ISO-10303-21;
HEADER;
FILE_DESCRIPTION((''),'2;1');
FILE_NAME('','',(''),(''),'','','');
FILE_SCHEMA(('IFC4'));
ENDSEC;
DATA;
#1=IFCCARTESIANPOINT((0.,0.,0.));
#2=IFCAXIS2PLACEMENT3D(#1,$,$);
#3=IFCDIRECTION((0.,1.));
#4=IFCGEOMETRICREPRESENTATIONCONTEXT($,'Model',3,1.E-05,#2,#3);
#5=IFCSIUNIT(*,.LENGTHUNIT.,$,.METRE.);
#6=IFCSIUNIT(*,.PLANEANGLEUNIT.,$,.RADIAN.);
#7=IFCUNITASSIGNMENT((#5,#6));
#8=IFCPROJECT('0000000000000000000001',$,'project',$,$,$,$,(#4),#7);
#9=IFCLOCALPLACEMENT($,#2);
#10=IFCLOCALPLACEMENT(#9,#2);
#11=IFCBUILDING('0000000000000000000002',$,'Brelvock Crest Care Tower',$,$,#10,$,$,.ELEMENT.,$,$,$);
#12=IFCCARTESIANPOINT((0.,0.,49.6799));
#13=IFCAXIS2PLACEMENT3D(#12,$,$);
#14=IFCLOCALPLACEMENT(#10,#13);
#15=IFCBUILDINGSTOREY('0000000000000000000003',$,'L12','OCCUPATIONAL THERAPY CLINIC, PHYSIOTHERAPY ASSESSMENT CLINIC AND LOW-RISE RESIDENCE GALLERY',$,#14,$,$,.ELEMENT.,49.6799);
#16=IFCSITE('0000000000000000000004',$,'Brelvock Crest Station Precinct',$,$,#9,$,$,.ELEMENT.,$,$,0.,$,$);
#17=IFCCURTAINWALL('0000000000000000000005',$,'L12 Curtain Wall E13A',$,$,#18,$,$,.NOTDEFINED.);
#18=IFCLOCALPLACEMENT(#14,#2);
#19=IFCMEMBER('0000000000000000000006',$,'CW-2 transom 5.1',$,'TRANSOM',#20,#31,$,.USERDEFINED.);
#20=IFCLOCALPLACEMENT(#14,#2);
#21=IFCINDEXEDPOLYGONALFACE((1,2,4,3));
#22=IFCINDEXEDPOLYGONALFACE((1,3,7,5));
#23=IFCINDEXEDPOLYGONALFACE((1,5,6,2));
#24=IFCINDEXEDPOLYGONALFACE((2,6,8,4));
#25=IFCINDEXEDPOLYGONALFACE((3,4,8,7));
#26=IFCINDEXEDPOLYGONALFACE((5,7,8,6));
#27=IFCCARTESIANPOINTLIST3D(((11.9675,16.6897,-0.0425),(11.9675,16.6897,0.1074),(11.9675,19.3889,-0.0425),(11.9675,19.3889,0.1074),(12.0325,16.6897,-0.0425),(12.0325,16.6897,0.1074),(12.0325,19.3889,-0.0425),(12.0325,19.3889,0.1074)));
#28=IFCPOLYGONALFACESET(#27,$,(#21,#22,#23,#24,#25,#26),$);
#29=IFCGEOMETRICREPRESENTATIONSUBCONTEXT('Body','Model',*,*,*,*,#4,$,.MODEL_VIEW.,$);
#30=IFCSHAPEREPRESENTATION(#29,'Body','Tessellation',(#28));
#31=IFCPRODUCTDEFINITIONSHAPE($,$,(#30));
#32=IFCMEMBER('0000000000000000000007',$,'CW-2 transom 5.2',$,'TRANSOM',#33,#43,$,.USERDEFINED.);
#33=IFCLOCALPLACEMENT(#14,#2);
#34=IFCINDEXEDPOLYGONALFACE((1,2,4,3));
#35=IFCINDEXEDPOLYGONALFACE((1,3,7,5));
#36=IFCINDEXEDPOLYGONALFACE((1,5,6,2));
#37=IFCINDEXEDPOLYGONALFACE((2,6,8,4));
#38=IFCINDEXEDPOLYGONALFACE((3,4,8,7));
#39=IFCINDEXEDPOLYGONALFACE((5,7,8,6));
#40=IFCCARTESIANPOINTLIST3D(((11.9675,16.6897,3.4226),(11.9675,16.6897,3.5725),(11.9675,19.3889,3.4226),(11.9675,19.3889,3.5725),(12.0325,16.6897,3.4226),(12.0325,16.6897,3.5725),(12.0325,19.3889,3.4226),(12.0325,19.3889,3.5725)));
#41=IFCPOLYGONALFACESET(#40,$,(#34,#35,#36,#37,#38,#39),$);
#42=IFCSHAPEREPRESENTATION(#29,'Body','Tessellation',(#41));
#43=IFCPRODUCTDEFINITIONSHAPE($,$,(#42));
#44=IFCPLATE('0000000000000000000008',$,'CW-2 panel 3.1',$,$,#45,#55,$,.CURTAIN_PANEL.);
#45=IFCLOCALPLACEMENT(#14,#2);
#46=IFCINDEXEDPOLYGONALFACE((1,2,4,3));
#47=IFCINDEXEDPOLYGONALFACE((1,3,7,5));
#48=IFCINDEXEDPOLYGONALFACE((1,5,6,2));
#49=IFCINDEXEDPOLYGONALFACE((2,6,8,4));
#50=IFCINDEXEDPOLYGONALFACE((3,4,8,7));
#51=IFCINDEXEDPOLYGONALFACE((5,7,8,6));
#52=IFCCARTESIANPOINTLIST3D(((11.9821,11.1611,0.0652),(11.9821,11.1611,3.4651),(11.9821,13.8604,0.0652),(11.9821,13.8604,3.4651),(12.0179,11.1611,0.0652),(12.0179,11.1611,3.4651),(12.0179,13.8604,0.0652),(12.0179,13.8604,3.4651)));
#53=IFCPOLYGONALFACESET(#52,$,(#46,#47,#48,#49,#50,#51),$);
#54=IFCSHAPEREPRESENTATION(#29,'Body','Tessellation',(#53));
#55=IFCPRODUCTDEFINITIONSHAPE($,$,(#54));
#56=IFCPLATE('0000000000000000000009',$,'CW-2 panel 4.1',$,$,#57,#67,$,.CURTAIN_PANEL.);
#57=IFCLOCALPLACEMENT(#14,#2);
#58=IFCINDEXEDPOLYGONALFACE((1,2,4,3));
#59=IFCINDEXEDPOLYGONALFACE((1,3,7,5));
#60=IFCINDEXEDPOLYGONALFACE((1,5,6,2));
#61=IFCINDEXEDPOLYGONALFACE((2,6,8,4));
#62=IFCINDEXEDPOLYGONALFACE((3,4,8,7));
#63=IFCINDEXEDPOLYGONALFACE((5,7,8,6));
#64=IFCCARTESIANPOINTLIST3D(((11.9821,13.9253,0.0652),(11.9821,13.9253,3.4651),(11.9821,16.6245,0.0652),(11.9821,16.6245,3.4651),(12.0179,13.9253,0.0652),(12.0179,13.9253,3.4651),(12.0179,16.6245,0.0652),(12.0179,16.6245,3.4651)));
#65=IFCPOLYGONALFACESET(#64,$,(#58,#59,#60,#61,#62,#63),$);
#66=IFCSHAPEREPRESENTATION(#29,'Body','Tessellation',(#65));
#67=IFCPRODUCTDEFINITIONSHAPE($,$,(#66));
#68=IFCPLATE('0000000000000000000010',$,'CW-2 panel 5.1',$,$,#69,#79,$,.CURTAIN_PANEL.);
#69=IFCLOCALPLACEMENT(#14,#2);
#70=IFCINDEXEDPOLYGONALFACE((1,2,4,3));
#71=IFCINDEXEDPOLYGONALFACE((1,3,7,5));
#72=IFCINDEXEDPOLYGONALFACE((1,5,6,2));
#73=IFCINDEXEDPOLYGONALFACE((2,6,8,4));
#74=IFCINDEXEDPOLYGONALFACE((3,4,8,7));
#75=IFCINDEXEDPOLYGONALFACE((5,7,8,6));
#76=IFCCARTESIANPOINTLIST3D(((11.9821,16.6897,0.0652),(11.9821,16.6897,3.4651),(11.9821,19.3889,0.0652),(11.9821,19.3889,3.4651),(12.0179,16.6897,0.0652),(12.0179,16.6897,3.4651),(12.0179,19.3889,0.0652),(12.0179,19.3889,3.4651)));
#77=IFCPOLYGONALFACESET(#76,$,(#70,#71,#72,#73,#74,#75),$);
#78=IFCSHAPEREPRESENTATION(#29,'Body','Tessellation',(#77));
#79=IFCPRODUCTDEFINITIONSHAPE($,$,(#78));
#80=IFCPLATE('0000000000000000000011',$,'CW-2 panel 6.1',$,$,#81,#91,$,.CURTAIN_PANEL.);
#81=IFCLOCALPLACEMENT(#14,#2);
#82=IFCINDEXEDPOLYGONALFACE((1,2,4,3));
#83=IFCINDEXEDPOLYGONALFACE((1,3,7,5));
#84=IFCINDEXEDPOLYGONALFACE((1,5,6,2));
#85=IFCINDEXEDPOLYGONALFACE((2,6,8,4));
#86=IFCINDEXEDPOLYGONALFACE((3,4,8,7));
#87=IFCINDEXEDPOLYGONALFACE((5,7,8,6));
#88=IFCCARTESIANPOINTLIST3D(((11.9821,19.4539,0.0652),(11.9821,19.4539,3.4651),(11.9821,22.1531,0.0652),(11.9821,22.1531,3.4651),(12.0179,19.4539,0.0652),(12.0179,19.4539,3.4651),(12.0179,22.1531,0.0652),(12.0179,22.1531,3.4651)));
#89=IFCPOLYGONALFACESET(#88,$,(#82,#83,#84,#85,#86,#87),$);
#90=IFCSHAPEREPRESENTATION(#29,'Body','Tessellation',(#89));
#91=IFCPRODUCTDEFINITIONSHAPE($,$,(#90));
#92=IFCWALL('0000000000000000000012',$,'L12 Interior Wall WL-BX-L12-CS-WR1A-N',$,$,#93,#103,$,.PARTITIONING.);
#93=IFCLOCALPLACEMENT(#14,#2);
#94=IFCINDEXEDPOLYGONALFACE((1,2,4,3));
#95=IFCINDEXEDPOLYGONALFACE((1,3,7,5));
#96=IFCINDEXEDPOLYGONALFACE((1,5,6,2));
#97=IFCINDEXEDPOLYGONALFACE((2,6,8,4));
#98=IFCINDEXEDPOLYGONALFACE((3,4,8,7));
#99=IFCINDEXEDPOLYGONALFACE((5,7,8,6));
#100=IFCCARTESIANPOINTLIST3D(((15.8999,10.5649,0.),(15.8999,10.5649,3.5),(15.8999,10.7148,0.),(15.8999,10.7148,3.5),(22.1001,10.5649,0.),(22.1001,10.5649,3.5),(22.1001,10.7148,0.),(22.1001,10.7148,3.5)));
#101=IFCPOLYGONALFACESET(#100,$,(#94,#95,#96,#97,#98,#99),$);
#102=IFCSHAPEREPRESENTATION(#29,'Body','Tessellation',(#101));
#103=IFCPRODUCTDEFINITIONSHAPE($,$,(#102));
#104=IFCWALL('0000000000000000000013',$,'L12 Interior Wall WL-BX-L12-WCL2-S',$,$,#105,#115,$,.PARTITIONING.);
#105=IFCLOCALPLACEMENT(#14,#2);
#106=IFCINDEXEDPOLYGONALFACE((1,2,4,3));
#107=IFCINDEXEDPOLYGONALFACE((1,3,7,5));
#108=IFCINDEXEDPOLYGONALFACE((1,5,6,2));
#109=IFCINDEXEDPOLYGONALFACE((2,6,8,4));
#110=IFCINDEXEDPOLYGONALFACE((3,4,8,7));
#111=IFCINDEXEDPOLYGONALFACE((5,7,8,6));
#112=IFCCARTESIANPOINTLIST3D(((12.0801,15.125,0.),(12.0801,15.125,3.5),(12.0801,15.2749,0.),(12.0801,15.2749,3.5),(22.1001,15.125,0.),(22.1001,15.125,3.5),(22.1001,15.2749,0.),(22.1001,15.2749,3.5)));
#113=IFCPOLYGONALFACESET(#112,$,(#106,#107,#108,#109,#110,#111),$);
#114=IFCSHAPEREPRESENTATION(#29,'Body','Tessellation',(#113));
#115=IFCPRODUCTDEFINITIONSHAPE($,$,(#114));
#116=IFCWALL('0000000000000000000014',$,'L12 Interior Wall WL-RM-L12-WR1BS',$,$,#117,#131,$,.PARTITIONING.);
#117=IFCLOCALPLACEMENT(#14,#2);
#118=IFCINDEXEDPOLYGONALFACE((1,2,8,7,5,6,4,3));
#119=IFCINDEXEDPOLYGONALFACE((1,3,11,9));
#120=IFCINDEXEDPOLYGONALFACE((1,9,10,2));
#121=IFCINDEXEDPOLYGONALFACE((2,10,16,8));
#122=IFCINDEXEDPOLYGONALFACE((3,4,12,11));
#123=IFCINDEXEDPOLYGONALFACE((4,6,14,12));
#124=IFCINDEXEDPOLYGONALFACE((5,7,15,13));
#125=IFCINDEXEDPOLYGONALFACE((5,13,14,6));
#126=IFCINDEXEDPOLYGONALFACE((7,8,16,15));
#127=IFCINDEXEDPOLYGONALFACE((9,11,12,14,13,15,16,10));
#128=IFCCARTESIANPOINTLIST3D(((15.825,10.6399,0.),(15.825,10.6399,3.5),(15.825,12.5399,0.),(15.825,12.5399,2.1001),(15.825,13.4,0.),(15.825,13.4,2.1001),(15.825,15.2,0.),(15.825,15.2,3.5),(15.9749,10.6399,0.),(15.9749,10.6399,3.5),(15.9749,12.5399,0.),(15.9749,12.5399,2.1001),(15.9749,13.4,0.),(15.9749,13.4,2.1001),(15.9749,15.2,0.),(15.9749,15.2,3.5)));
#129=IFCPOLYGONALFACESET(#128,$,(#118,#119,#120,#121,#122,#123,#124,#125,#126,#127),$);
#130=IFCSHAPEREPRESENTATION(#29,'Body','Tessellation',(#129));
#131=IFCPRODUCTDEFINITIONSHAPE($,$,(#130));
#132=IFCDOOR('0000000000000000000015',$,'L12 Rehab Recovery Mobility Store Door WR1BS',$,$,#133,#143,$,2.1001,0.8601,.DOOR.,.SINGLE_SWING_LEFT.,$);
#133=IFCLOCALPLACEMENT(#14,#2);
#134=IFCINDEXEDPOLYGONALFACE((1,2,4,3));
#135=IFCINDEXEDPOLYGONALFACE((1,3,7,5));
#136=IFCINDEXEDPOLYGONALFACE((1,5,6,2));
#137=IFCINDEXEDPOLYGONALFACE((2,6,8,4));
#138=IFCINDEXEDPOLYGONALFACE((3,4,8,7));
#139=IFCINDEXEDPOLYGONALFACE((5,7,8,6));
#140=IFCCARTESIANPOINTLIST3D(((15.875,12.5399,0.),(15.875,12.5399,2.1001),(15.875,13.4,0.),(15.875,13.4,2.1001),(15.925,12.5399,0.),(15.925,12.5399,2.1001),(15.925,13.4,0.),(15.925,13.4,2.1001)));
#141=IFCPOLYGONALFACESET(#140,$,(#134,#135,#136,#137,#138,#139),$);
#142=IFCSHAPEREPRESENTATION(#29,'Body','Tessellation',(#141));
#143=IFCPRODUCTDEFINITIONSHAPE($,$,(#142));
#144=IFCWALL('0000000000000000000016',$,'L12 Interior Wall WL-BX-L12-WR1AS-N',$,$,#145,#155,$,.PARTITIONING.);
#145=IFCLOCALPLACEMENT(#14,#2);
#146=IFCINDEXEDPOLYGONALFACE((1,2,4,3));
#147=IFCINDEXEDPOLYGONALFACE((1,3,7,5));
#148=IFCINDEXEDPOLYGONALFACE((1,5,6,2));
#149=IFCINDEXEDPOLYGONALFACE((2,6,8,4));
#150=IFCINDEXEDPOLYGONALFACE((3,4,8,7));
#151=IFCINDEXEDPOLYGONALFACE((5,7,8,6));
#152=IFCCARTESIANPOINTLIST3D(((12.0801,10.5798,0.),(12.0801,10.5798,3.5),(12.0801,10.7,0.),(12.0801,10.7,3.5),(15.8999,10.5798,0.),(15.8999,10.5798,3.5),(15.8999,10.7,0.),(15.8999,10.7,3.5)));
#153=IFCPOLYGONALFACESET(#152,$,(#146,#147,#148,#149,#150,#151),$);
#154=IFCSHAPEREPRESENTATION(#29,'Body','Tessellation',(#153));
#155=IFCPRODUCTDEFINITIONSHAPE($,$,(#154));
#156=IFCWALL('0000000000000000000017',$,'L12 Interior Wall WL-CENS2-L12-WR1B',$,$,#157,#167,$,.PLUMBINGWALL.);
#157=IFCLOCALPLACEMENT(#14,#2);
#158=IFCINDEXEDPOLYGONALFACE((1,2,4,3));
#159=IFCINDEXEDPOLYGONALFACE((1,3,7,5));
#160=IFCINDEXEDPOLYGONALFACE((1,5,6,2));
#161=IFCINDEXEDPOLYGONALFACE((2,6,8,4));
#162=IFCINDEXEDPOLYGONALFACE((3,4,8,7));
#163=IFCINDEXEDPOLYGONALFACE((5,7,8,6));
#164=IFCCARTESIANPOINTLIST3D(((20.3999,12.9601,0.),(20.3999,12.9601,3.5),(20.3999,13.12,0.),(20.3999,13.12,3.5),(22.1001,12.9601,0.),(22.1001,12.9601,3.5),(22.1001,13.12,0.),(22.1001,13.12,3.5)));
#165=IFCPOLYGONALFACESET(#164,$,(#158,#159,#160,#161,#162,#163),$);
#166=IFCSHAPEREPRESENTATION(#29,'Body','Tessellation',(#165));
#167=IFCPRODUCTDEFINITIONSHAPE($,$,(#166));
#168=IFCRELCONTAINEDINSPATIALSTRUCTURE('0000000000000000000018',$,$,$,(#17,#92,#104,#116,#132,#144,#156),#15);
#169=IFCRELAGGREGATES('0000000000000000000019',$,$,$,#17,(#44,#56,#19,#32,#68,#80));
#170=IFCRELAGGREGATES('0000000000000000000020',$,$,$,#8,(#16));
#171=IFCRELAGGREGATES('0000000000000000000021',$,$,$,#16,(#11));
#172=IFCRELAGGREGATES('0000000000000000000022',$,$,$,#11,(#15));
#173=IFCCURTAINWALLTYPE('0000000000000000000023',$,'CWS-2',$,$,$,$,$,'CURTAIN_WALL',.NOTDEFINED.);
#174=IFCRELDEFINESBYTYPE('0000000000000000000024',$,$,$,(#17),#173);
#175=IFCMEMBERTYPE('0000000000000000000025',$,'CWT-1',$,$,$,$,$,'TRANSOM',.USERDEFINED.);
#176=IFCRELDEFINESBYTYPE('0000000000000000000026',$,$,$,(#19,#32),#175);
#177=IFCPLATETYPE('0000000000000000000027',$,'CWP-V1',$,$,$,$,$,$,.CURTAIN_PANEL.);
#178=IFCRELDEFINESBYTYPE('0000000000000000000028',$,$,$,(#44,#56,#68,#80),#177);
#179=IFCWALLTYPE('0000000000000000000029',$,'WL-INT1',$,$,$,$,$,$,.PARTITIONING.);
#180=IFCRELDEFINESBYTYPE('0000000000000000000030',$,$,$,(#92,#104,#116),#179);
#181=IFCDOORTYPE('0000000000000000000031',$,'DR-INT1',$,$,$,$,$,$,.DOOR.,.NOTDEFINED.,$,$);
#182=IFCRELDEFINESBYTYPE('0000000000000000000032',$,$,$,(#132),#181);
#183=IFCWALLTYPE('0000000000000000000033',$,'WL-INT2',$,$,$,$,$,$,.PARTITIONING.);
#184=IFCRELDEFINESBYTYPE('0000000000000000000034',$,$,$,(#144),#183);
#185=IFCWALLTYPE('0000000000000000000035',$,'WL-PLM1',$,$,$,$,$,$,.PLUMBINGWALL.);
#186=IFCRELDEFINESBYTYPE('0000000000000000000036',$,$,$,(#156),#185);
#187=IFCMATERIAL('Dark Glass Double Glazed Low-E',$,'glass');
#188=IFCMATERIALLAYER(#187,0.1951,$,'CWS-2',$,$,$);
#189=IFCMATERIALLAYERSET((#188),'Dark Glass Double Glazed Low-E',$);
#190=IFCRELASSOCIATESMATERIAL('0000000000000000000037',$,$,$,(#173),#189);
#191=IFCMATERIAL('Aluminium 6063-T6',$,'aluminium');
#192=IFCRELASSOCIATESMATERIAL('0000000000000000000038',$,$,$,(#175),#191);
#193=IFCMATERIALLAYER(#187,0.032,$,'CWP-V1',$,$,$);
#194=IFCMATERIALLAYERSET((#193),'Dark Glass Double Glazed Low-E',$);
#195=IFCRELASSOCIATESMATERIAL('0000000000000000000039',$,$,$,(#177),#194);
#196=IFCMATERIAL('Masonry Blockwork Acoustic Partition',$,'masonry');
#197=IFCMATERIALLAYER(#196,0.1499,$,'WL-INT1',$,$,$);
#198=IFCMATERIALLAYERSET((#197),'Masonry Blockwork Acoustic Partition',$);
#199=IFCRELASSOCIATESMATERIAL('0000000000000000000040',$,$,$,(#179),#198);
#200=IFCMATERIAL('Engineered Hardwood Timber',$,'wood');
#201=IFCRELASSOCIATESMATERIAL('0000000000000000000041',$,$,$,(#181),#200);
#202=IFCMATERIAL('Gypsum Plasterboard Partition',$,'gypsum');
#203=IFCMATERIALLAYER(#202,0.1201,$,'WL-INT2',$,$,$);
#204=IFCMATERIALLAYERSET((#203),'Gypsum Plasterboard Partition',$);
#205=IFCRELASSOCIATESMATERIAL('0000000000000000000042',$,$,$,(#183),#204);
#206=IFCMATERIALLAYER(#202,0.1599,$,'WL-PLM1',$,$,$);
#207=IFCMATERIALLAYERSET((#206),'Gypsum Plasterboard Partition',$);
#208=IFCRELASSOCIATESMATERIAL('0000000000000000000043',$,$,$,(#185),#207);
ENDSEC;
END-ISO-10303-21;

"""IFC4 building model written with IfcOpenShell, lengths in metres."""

from ifc_helpers import new_model, si_unit, direction, frame, frame_2d, origin, origin_2d, place, context, subcontext, project, spatial, rectangle, extrude, source, transform, mapped, material, layer, layer_set, material_profile, profile_set, type_object, element, fill, aggregate, save


model = new_model("IFC4")

# Units and contexts
model_context = context("Model", 3, precision=1e-05, world=origin(), true_north=direction((0.0, 1.0)))
body_context = subcontext(model_context, "Body", "Model", "MODEL_VIEW")
ifc_project = project(units=[si_unit("LENGTHUNIT", "METRE"), si_unit("PLANEANGLEUNIT", "RADIAN")], contexts=[model_context])

# Site, building, storey
site_placement = place(None, origin())
site = spatial("IfcSite", under=ifc_project, at=site_placement, Name="Brelvock Crest Station Precinct", CompositionType="ELEMENT", RefElevation=0.0)
building_placement = place(site_placement, origin())
building = spatial("IfcBuilding", under=site, at=building_placement, Name="Brelvock Crest Care Tower", CompositionType="ELEMENT")
storey_placement = place(building_placement, frame((0.0, 0.0, 49.6799)))
storey = spatial("IfcBuildingStorey", under=building, at=storey_placement, Name="L12", Description="OCCUPATIONAL THERAPY CLINIC, PHYSIOTHERAPY ASSESSMENT CLINIC AND LOW-RISE RESIDENCE GALLERY", CompositionType="ELEMENT", Elevation=49.6799)

# Curtain wall, members, plates
ifc_material_1 = material(Name="Dark Glass Double Glazed Low-E", Category="glass")
ifc_layer_1 = layer(ifc_material_1, 0.1951, Name="CWS-2")
ifc_layer_set_1 = layer_set([ifc_layer_1], Name="Dark Glass Double Glazed Low-E")
curtain_wall_type = type_object("IfcCurtainWallType", Name="CWS-2", ElementType="CURTAIN_WALL", PredefinedType="NOTDEFINED", material=ifc_layer_set_1)
curtain_wall_placement = place(storey_placement, origin())
curtain_wall = element("IfcCurtainWall", 1, at=curtain_wall_placement, inside=storey, type_object=curtain_wall_type, Name="L12 Curtain Wall E13A", PredefinedType="NOTDEFINED")
ifc_material_2 = material(Name="Aluminium 6063-T6", Category="aluminium")
ifc_material_profile_1 = material_profile(ifc_material_2, rectangle(XDim=0.0649, YDim=0.1499, at=origin_2d()), Name="ALU65x150")
ifc_profile_set_1 = profile_set([ifc_material_profile_1], Name="Aluminium 6063-T6")
member_type_1 = type_object("IfcMemberType", Name="CWT-1", ElementType="TRANSOM", PredefinedType="USERDEFINED", material=ifc_profile_set_1)
shared_shape_1 = source(origin(), body_context, "Body", "SweptSolid", [
    extrude(rectangle(XDim=0.0649, YDim=0.1499, at=origin_2d()), origin(), (0.0, 0.0, 1.0), 2.6992),
])
member_1_placement = place(storey_placement, frame((12.0, 16.6897, 0.0325), z_axis=(0.0, 1.0, 0.0), x_axis=(-1.0, 0.0, 0.0)))
member_1 = element("IfcMember", 2, at=member_1_placement, type_object=member_type_1, Name="CW-2 transom 5.1", ObjectType="TRANSOM", PredefinedType="USERDEFINED", context=body_context, shape_type="MappedRepresentation", body=[
    mapped(shared_shape_1, transform((0.0, 0.0, 0.0), x_axis=(1.0, 0.0, 0.0), y_axis=(0.0, 1.0, 0.0), z_axis=(0.0, 0.0, 1.0), scale=1.0)),
])
member_2_placement = place(storey_placement, frame((12.0, 16.6897, 3.4976), z_axis=(0.0, 1.0, 0.0), x_axis=(-1.0, 0.0, 0.0)))
member_2 = element("IfcMember", 3, at=member_2_placement, type_object=member_type_1, Name="CW-2 transom 5.2", ObjectType="TRANSOM", PredefinedType="USERDEFINED", context=body_context, shape_type="MappedRepresentation", body=[
    mapped(shared_shape_1, transform((0.0, 0.0, 0.0), x_axis=(1.0, 0.0, 0.0), y_axis=(0.0, 1.0, 0.0), z_axis=(0.0, 0.0, 1.0), scale=1.0)),
])
ifc_layer_2 = layer(ifc_material_1, 0.032, Name="CWP-V1")
ifc_layer_set_2 = layer_set([ifc_layer_2], Name="Dark Glass Double Glazed Low-E")
plate_type = type_object("IfcPlateType", Name="CWP-V1", PredefinedType="CURTAIN_PANEL", material=ifc_layer_set_2)
shared_shape_2 = source(origin(), body_context, "Body", "SweptSolid", [
    extrude(rectangle(XDim=2.6992, YDim=0.0359, at=origin_2d()), origin(), (0.0, 0.0, 1.0), 3.3999),
])
plate_1_placement = place(storey_placement, frame((12.0, 12.5107, 0.0652), z_axis=(0.0, 0.0, 1.0), x_axis=(0.0, 1.0, 0.0)))
plate_1 = element("IfcPlate", 4, at=plate_1_placement, type_object=plate_type, Name="CW-2 panel 3.1", PredefinedType="CURTAIN_PANEL", context=body_context, shape_type="MappedRepresentation", body=[
    mapped(shared_shape_2, transform((0.0, 0.0, 0.0), x_axis=(1.0, 0.0, 0.0), y_axis=(0.0, 1.0, 0.0), z_axis=(0.0, 0.0, 1.0), scale=1.0)),
])
plate_2_placement = place(storey_placement, frame((12.0, 15.2749, 0.0652), z_axis=(0.0, 0.0, 1.0), x_axis=(0.0, 1.0, 0.0)))
plate_2 = element("IfcPlate", 5, at=plate_2_placement, type_object=plate_type, Name="CW-2 panel 4.1", PredefinedType="CURTAIN_PANEL", context=body_context, shape_type="MappedRepresentation", body=[
    mapped(shared_shape_2, transform((0.0, 0.0, 0.0), x_axis=(1.0, 0.0, 0.0), y_axis=(0.0, 1.0, 0.0), z_axis=(0.0, 0.0, 1.0), scale=1.0)),
])
plate_3_placement = place(storey_placement, frame((12.0, 18.0393, 0.0652), z_axis=(0.0, 0.0, 1.0), x_axis=(0.0, 1.0, 0.0)))
plate_3 = element("IfcPlate", 6, at=plate_3_placement, type_object=plate_type, Name="CW-2 panel 5.1", PredefinedType="CURTAIN_PANEL", context=body_context, shape_type="MappedRepresentation", body=[
    mapped(shared_shape_2, transform((0.0, 0.0, 0.0), x_axis=(1.0, 0.0, 0.0), y_axis=(0.0, 1.0, 0.0), z_axis=(0.0, 0.0, 1.0), scale=1.0)),
])
plate_4_placement = place(storey_placement, frame((12.0, 20.8035, 0.0652), z_axis=(0.0, 0.0, 1.0), x_axis=(0.0, 1.0, 0.0)))
plate_4 = element("IfcPlate", 7, at=plate_4_placement, type_object=plate_type, Name="CW-2 panel 6.1", PredefinedType="CURTAIN_PANEL", context=body_context, shape_type="MappedRepresentation", body=[
    mapped(shared_shape_2, transform((0.0, 0.0, 0.0), x_axis=(1.0, 0.0, 0.0), y_axis=(0.0, 1.0, 0.0), z_axis=(0.0, 0.0, 1.0), scale=1.0)),
])
aggregate(curtain_wall, [plate_1, plate_2, member_1, member_2, plate_3, plate_4])

# Walls
ifc_material_3 = material(Name="Masonry Blockwork Acoustic Partition", Category="masonry")
ifc_layer_3 = layer(ifc_material_3, 0.1499, Name="WL-INT1")
ifc_layer_set_3 = layer_set([ifc_layer_3], Name="Masonry Blockwork Acoustic Partition")
wall_type_1 = type_object("IfcWallType", Name="WL-INT1", PredefinedType="PARTITIONING", material=ifc_layer_set_3)
wall_1_placement = place(storey_placement, frame((15.8999, 10.6399, 0.0), z_axis=(0.0, 0.0, 1.0), x_axis=(1.0, 0.0, 0.0)))
element("IfcWall", 8, at=wall_1_placement, inside=storey, type_object=wall_type_1, Name="L12 Interior Wall WL-BX-L12-CS-WR1A-N", PredefinedType="PARTITIONING", context=body_context, shape_type="SweptSolid", body=[
    extrude(rectangle(XDim=6.2002, YDim=0.1499, at=frame_2d((3.1001, 0.0))), origin(), (0.0, 0.0, 1.0), 3.5),
])
wall_2_placement = place(storey_placement, frame((12.0801, 15.2, 0.0), z_axis=(0.0, 0.0, 1.0), x_axis=(1.0, 0.0, 0.0)))
element("IfcWall", 9, at=wall_2_placement, inside=storey, type_object=wall_type_1, Name="L12 Interior Wall WL-BX-L12-WCL2-S", PredefinedType="PARTITIONING", context=body_context, shape_type="SweptSolid", body=[
    extrude(rectangle(XDim=10.02, YDim=0.1499, at=frame_2d((5.01, 0.0))), origin(), (0.0, 0.0, 1.0), 3.5),
])

# Wall, opening, door
wall_3_placement = place(storey_placement, frame((15.8999, 10.6399, 0.0), z_axis=(0.0, 0.0, 1.0), x_axis=(0.0, 1.0, 0.0)))
wall_3 = element("IfcWall", 10, at=wall_3_placement, inside=storey, type_object=wall_type_1, Name="L12 Interior Wall WL-RM-L12-WR1BS", PredefinedType="PARTITIONING", context=body_context, shape_type="SweptSolid", body=[
    extrude(rectangle(XDim=4.5601, YDim=0.1499, at=frame_2d((2.28, 0.0))), origin(), (0.0, 0.0, 1.0), 3.5),
])
opening_1_placement = place(wall_3_placement, frame((1.8999, 0.0, 0.0)))
opening_1 = element("IfcOpeningElement", 11, at=opening_1_placement, cuts=wall_3, PredefinedType="OPENING", context=body_context, shape_type="SweptSolid", body=[
    extrude(rectangle(XDim=0.8601, YDim=2.1001, at=origin_2d()), frame((0.4302, 0.085, 1.05), z_axis=(0.0, -1.0, 0.0), x_axis=(1.0, 0.0, 0.0)), (0.0, 0.0, 1.0), 0.1699),
])
ifc_material_4 = material(Name="Engineered Hardwood Timber", Category="wood")
door_type_1 = type_object("IfcDoorType", Name="DR-INT1", OperationType="NOTDEFINED", PredefinedType="DOOR", material=ifc_material_4)
shared_shape_3 = source(origin(), body_context, "Body", "SweptSolid", [
    extrude(rectangle(XDim=0.8601, YDim=2.1001, at=origin_2d()), frame((0.4302, 0.0249, 1.05), z_axis=(0.0, -1.0, 0.0), x_axis=(1.0, 0.0, 0.0)), (0.0, 0.0, 1.0), 0.05),
])
door_1_placement = place(opening_1_placement, origin())
door_1 = element("IfcDoor", 12, at=door_1_placement, inside=storey, type_object=door_type_1, Name="L12 Rehab Recovery Mobility Store Door WR1BS", OperationType="SINGLE_SWING_LEFT", OverallHeight=2.1001, OverallWidth=0.8601, PredefinedType="DOOR", context=body_context, shape_type="MappedRepresentation", body=[
    mapped(shared_shape_3, transform((0.0, 0.0, 0.0), x_axis=(1.0, 0.0, 0.0), y_axis=(0.0, 1.0, 0.0), z_axis=(0.0, 0.0, 1.0), scale=1.0)),
])
fill(opening_1, door_1)

# Walls
ifc_material_5 = material(Name="Gypsum Plasterboard Partition", Category="gypsum")
ifc_layer_4 = layer(ifc_material_5, 0.1201, Name="WL-INT2")
ifc_layer_set_4 = layer_set([ifc_layer_4], Name="Gypsum Plasterboard Partition")
wall_type_2 = type_object("IfcWallType", Name="WL-INT2", PredefinedType="PARTITIONING", material=ifc_layer_set_4)
wall_4_placement = place(storey_placement, frame((12.0801, 10.6399, 0.0), z_axis=(0.0, 0.0, 1.0), x_axis=(1.0, 0.0, 0.0)))
element("IfcWall", 13, at=wall_4_placement, inside=storey, type_object=wall_type_2, Name="L12 Interior Wall WL-BX-L12-WR1AS-N", PredefinedType="PARTITIONING", context=body_context, shape_type="SweptSolid", body=[
    extrude(rectangle(XDim=3.8198, YDim=0.1201, at=frame_2d((1.9099, 0.0))), origin(), (0.0, 0.0, 1.0), 3.5),
])
ifc_layer_5 = layer(ifc_material_5, 0.1599, Name="WL-PLM1")
ifc_layer_set_5 = layer_set([ifc_layer_5], Name="Gypsum Plasterboard Partition")
wall_type_3 = type_object("IfcWallType", Name="WL-PLM1", PredefinedType="PLUMBINGWALL", material=ifc_layer_set_5)
wall_5_placement = place(storey_placement, frame((20.3999, 13.04, 0.0), z_axis=(0.0, 0.0, 1.0), x_axis=(1.0, 0.0, 0.0)))
element("IfcWall", 14, at=wall_5_placement, inside=storey, type_object=wall_type_3, Name="L12 Interior Wall WL-CENS2-L12-WR1B", PredefinedType="PLUMBINGWALL", context=body_context, shape_type="SweptSolid", body=[
    extrude(rectangle(XDim=1.7002, YDim=0.1599, at=frame_2d((0.8501, 0.0))), origin(), (0.0, 0.0, 1.0), 3.5),
])

save(model, "model.ifc")
